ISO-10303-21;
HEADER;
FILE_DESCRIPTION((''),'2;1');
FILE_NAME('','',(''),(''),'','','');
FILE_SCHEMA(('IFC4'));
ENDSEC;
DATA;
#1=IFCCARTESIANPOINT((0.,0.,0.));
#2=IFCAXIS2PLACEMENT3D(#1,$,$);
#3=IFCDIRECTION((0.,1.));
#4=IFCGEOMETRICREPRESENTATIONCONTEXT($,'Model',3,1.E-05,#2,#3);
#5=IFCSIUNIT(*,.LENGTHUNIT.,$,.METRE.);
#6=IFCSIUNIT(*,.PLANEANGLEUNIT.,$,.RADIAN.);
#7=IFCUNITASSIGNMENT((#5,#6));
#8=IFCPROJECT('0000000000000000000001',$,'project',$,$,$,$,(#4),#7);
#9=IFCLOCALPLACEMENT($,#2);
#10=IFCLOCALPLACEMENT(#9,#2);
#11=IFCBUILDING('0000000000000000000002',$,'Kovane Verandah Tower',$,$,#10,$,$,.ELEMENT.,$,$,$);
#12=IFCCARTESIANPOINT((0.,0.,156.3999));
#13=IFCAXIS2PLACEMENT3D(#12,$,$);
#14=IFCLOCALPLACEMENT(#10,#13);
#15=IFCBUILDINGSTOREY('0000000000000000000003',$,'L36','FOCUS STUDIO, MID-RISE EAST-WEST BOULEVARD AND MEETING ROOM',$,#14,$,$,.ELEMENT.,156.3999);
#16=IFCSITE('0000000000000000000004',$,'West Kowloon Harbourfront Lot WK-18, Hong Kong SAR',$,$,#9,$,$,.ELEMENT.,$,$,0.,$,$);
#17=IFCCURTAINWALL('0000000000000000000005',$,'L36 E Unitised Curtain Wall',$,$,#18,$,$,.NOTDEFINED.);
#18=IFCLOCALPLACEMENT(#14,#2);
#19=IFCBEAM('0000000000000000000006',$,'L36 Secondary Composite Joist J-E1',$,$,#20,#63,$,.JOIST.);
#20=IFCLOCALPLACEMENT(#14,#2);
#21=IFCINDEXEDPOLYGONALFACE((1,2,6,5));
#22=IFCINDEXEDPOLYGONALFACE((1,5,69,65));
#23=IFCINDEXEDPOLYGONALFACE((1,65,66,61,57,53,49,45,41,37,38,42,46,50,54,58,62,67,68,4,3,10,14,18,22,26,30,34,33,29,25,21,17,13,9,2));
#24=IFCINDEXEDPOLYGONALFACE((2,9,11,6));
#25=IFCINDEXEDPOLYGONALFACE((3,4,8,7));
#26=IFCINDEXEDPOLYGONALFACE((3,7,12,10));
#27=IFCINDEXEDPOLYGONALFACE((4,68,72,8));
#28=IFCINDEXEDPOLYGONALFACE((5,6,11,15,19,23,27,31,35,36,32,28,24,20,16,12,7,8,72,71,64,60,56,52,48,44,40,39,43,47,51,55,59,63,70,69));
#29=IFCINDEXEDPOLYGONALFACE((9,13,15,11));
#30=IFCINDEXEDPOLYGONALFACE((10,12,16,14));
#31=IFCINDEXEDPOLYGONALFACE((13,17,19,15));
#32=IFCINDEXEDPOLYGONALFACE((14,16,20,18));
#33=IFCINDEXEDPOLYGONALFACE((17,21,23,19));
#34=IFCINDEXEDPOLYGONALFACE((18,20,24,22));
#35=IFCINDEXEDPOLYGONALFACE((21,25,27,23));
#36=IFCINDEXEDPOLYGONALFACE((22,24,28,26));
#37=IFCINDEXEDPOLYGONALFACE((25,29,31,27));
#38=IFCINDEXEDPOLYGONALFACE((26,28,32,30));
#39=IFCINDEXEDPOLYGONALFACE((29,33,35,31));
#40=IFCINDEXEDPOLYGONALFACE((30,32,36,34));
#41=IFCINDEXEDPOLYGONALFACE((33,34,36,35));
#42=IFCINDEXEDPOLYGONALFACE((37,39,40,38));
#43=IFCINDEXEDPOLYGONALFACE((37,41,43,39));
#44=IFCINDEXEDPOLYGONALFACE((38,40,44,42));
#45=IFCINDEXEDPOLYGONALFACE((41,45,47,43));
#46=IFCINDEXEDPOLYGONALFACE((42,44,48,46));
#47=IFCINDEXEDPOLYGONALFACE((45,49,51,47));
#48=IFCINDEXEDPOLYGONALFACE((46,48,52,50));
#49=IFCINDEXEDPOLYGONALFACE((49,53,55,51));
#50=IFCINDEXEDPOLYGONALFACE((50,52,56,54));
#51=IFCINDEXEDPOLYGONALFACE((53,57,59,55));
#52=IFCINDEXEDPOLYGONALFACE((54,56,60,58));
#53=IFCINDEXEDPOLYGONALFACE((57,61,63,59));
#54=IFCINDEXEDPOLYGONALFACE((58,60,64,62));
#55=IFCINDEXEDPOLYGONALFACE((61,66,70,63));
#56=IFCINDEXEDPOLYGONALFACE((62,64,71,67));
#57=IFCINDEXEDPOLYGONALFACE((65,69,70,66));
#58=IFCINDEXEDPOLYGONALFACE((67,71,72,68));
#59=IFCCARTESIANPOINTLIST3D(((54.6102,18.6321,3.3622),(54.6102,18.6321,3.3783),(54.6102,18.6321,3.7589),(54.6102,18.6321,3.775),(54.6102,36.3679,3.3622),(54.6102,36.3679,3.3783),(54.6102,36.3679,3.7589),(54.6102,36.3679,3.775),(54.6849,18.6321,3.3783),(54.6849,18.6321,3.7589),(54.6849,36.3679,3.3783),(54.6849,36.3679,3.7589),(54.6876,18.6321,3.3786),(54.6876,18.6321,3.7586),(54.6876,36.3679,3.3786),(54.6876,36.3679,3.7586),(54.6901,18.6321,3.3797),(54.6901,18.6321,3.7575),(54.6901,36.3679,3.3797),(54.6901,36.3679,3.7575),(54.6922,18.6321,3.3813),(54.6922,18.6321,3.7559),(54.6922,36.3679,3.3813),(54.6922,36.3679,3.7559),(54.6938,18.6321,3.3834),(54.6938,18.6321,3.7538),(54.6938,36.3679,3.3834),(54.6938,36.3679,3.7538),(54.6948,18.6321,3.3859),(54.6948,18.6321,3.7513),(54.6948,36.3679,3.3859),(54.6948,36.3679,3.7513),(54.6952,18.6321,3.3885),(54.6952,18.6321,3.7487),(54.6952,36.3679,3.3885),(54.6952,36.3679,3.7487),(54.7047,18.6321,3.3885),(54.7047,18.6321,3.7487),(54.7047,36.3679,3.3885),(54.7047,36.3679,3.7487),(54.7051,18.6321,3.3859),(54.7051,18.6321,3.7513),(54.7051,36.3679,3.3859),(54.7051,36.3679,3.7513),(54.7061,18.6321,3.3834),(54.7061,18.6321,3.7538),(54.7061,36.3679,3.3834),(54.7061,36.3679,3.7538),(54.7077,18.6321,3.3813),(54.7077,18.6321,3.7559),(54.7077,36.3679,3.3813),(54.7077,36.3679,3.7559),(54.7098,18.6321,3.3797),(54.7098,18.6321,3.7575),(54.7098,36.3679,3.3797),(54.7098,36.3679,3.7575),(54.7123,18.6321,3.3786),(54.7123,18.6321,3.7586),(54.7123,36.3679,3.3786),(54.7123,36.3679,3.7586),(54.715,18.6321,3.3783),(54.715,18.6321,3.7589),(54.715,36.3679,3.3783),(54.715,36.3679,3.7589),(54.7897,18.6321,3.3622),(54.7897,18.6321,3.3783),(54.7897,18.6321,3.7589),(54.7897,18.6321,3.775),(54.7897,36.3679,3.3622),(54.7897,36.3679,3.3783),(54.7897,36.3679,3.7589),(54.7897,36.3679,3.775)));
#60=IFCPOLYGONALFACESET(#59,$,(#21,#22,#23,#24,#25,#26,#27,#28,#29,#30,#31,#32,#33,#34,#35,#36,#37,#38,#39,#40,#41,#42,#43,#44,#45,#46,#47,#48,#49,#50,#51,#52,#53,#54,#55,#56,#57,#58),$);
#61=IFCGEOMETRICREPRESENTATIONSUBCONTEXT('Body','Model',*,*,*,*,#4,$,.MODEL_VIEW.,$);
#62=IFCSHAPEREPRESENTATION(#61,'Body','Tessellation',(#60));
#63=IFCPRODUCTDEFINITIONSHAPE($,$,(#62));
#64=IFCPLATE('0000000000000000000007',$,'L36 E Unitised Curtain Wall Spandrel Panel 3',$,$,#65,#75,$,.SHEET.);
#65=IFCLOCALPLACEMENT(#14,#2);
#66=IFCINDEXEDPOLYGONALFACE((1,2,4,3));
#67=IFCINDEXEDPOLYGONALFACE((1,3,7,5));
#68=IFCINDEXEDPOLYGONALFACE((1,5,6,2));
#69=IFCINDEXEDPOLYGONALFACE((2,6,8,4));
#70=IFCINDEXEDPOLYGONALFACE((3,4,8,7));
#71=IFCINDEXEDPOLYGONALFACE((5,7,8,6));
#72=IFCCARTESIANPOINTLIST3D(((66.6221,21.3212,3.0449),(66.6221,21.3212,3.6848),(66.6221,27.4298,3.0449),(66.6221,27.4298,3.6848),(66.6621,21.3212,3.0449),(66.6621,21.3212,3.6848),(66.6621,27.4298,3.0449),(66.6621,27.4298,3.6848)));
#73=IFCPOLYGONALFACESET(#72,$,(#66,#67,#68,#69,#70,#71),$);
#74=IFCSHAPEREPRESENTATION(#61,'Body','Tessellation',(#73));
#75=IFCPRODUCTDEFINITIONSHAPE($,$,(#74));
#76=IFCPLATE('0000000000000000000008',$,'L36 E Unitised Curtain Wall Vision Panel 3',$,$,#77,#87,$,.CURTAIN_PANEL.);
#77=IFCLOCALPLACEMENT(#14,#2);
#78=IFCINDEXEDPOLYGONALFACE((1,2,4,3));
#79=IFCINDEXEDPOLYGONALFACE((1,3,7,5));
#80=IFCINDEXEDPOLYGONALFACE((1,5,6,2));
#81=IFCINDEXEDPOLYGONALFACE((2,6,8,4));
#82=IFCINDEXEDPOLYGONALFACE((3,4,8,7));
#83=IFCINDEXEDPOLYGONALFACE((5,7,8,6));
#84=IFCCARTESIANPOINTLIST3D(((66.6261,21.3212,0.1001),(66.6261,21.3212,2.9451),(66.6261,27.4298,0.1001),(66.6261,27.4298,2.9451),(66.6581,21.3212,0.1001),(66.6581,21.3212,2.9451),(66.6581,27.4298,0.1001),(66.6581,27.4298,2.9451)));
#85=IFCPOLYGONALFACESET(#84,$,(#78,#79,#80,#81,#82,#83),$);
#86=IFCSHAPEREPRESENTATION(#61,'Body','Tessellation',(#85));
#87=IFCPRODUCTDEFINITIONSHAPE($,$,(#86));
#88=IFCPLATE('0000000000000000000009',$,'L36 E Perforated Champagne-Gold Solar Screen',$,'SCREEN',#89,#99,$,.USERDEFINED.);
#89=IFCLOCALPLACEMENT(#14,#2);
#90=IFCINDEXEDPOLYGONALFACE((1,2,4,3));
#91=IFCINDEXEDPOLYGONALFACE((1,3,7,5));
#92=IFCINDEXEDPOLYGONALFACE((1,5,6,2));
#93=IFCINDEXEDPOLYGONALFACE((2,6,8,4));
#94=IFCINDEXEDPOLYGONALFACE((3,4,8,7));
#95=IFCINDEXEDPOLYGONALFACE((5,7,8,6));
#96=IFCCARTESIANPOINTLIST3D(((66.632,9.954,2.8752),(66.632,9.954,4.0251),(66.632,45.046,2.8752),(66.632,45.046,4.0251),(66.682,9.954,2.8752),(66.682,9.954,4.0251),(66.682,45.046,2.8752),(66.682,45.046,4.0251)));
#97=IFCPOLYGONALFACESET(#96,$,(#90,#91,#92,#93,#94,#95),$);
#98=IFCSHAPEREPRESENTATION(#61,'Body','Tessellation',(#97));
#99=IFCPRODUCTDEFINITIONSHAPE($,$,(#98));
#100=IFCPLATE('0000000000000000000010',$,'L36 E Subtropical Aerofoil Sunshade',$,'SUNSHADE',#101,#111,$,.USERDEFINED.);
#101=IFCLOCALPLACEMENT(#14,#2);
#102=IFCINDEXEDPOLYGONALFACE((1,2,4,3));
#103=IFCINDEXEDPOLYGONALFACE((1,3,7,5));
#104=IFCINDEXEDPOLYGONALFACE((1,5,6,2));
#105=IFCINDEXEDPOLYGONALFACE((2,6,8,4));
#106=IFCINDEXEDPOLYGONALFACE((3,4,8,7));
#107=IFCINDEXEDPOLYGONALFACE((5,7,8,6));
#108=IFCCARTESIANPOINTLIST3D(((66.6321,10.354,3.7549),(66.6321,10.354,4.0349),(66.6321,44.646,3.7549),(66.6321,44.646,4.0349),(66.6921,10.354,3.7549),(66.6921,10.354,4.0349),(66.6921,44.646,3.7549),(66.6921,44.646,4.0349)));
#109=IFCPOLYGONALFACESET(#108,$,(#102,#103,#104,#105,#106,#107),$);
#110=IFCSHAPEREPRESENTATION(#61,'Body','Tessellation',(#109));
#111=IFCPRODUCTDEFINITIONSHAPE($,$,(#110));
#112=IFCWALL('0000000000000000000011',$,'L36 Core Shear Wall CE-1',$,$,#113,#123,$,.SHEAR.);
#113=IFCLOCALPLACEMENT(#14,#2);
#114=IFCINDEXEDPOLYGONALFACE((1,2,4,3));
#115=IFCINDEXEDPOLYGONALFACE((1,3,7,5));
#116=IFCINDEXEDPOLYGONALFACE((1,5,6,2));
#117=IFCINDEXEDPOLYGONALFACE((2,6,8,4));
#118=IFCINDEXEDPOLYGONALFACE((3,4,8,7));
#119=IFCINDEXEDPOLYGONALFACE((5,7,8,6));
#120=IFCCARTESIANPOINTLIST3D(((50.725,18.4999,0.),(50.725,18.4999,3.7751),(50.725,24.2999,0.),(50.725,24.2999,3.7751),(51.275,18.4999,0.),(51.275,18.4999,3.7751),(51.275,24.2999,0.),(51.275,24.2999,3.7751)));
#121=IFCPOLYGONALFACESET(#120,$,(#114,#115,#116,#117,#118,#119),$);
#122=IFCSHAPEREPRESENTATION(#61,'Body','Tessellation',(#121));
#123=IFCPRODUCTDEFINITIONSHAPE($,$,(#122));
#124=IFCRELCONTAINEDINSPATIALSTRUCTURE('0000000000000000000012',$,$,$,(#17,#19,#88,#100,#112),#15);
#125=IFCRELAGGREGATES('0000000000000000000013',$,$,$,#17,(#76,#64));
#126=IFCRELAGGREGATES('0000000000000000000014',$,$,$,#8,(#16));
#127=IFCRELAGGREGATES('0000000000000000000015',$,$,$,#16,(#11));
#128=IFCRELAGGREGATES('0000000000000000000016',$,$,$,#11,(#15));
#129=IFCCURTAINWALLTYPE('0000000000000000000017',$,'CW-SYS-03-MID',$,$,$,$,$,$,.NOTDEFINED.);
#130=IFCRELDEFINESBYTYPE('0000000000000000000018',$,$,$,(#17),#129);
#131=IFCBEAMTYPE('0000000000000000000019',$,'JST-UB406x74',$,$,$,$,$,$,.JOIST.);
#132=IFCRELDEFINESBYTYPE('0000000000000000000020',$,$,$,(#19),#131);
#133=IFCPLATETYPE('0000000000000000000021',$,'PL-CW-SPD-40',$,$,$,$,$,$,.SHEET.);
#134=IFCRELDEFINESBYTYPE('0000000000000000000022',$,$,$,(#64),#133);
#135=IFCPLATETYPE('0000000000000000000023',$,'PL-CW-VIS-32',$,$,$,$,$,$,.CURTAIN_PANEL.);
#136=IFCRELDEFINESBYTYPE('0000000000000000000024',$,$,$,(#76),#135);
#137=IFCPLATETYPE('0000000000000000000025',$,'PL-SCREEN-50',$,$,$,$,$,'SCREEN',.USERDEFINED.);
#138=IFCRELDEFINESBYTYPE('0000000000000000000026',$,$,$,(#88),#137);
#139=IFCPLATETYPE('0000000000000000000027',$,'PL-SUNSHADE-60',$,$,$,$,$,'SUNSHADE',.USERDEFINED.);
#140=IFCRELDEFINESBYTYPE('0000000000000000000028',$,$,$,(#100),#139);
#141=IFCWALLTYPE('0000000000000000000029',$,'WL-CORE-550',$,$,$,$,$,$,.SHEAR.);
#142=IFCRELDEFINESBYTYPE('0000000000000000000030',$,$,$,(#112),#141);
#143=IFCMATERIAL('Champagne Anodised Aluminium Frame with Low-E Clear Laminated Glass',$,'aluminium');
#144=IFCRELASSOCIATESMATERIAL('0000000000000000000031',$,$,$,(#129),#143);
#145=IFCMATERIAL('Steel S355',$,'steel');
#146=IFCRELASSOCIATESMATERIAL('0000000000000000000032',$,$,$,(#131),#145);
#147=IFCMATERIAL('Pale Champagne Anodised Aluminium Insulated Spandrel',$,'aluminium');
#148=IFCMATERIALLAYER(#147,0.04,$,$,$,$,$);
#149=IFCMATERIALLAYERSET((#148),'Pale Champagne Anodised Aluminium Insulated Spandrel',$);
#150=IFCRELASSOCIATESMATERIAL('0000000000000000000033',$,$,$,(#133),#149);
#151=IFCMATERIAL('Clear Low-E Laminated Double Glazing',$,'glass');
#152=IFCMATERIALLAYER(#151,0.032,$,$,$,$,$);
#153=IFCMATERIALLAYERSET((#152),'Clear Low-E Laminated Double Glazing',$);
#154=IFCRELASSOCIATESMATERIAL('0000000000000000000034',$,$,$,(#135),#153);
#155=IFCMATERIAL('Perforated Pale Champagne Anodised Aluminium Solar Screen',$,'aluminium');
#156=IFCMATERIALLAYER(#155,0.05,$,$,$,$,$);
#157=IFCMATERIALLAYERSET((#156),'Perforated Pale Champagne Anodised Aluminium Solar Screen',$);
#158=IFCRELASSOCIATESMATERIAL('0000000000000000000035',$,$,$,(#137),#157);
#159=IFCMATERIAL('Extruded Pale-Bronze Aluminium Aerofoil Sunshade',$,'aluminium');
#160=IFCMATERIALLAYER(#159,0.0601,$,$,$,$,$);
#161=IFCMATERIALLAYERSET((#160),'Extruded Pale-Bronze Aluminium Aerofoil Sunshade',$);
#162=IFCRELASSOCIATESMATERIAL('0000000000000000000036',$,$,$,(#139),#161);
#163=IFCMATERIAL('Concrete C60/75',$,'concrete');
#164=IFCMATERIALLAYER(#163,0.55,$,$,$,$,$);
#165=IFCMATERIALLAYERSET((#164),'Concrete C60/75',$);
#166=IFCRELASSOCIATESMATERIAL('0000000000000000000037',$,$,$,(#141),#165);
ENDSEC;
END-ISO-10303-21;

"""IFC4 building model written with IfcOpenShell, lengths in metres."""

from ifc_helpers import new_model, si_unit, direction, frame, frame_2d, origin, origin_2d, place, context, subcontext, project, spatial, rectangle, i_section, extrude, material, layer, layer_set, material_profile, profile_set, type_object, element, aggregate, save


model = new_model("IFC4")

# Units and contexts
model_context = context("Model", 3, precision=1e-05, world=origin(), true_north=direction((0.0, 1.0)))
body_context = subcontext(model_context, "Body", "Model", "MODEL_VIEW")
ifc_project = project(units=[si_unit("LENGTHUNIT", "METRE"), si_unit("PLANEANGLEUNIT", "RADIAN")], contexts=[model_context])

# Site, building, storey
site_placement = place(None, origin())
site = spatial("IfcSite", under=ifc_project, at=site_placement, Name="West Kowloon Harbourfront Lot WK-18, Hong Kong SAR", CompositionType="ELEMENT", RefElevation=0.0)
building_placement = place(site_placement, origin())
building = spatial("IfcBuilding", under=site, at=building_placement, Name="Kovane Verandah Tower", CompositionType="ELEMENT")
storey_placement = place(building_placement, frame((0.0, 0.0, 156.3999)))
storey = spatial("IfcBuildingStorey", under=building, at=storey_placement, Name="L36", Description="FOCUS STUDIO, MID-RISE EAST-WEST BOULEVARD AND MEETING ROOM", CompositionType="ELEMENT", Elevation=156.3999)

# Shared definitions
ifc_material_1 = material(Name="Concrete C60/75", Category="concrete")
ifc_material_2 = material(Name="Steel S355", Category="steel")

# Curtain wall
ifc_material_3 = material(Name="Champagne Anodised Aluminium Frame with Low-E Clear Laminated Glass", Category="aluminium")
curtain_wall_type = type_object("IfcCurtainWallType", Name="CW-SYS-03-MID", PredefinedType="NOTDEFINED", material=ifc_material_3)
curtain_wall_placement = place(storey_placement, origin())
curtain_wall = element("IfcCurtainWall", 1, at=curtain_wall_placement, inside=storey, type_object=curtain_wall_type, Name="L36 E Unitised Curtain Wall", PredefinedType="NOTDEFINED")

# Beam
ifc_material_profile_1 = material_profile(ifc_material_2, i_section(OverallWidth=0.1794, OverallDepth=0.4128, WebThickness=0.0095, FlangeThickness=0.0161, FilletRadius=0.0103, at=origin_2d()), Name="UB406x178x74")
ifc_profile_set_1 = profile_set([ifc_material_profile_1], Name="Steel S355")
beam_type_1 = type_object("IfcBeamType", Name="JST-UB406x74", PredefinedType="JOIST", material=ifc_profile_set_1)
beam_1_placement = place(storey_placement, frame((54.7, 18.6321, 3.5686), z_axis=(0.0, 1.0, 0.0), x_axis=(-1.0, 0.0, 0.0)))
element("IfcBeam", 2, at=beam_1_placement, inside=storey, type_object=beam_type_1, Name="L36 Secondary Composite Joist J-E1", PredefinedType="JOIST", context=body_context, shape_type="SweptSolid", body=[
    extrude(i_section(OverallWidth=0.1794, OverallDepth=0.4128, WebThickness=0.0095, FlangeThickness=0.0161, FilletRadius=0.0103, at=origin_2d()), origin(), (0.0, 0.0, 1.0), 17.7358),
])

# Plates
ifc_material_4 = material(Name="Pale Champagne Anodised Aluminium Insulated Spandrel", Category="aluminium")
ifc_layer_1 = layer(ifc_material_4, 0.04)
ifc_layer_set_1 = layer_set([ifc_layer_1], Name="Pale Champagne Anodised Aluminium Insulated Spandrel")
plate_type_1 = type_object("IfcPlateType", Name="PL-CW-SPD-40", PredefinedType="SHEET", material=ifc_layer_set_1)
plate_1_placement = place(storey_placement, frame((66.6421, 24.3755, 3.0449), z_axis=(0.0, 0.0, 1.0), x_axis=(0.0, 1.0, 0.0)))
plate_1 = element("IfcPlate", 3, at=plate_1_placement, type_object=plate_type_1, Name="L36 E Unitised Curtain Wall Spandrel Panel 3", PredefinedType="SHEET", context=body_context, shape_type="SweptSolid", body=[
    extrude(rectangle(XDim=6.1086, YDim=0.04, at=origin_2d()), origin(), (0.0, 0.0, 1.0), 0.6399),
])
ifc_material_5 = material(Name="Clear Low-E Laminated Double Glazing", Category="glass")
ifc_layer_2 = layer(ifc_material_5, 0.032)
ifc_layer_set_2 = layer_set([ifc_layer_2], Name="Clear Low-E Laminated Double Glazing")
plate_type_2 = type_object("IfcPlateType", Name="PL-CW-VIS-32", PredefinedType="CURTAIN_PANEL", material=ifc_layer_set_2)
plate_2_placement = place(storey_placement, frame((66.6421, 24.3755, 0.1001), z_axis=(0.0, 0.0, 1.0), x_axis=(0.0, 1.0, 0.0)))
plate_2 = element("IfcPlate", 4, at=plate_2_placement, type_object=plate_type_2, Name="L36 E Unitised Curtain Wall Vision Panel 3", PredefinedType="CURTAIN_PANEL", context=body_context, shape_type="SweptSolid", body=[
    extrude(rectangle(XDim=6.1086, YDim=0.032, at=origin_2d()), origin(), (0.0, 0.0, 1.0), 2.845),
])
aggregate(curtain_wall, [plate_2, plate_1])

# Plates
ifc_material_6 = material(Name="Perforated Pale Champagne Anodised Aluminium Solar Screen", Category="aluminium")
ifc_layer_3 = layer(ifc_material_6, 0.05)
ifc_layer_set_3 = layer_set([ifc_layer_3], Name="Perforated Pale Champagne Anodised Aluminium Solar Screen")
plate_type_3 = type_object("IfcPlateType", Name="PL-SCREEN-50", ElementType="SCREEN", PredefinedType="USERDEFINED", material=ifc_layer_set_3)
plate_3_placement = place(storey_placement, frame((66.657, 27.5, 2.8752), z_axis=(0.0, 0.0, 1.0), x_axis=(0.0, 1.0, 0.0)))
element("IfcPlate", 5, at=plate_3_placement, inside=storey, type_object=plate_type_3, Name="L36 E Perforated Champagne-Gold Solar Screen", ObjectType="SCREEN", PredefinedType="USERDEFINED", context=body_context, shape_type="SweptSolid", body=[
    extrude(rectangle(XDim=35.092, YDim=0.05, at=origin_2d()), origin(), (0.0, 0.0, 1.0), 1.1499),
])
ifc_material_7 = material(Name="Extruded Pale-Bronze Aluminium Aerofoil Sunshade", Category="aluminium")
ifc_layer_4 = layer(ifc_material_7, 0.0601)
ifc_layer_set_4 = layer_set([ifc_layer_4], Name="Extruded Pale-Bronze Aluminium Aerofoil Sunshade")
plate_type_4 = type_object("IfcPlateType", Name="PL-SUNSHADE-60", ElementType="SUNSHADE", PredefinedType="USERDEFINED", material=ifc_layer_set_4)
plate_4_placement = place(storey_placement, frame((66.6621, 27.5, 3.7549), z_axis=(0.0, 0.0, 1.0), x_axis=(0.0, 1.0, 0.0)))
element("IfcPlate", 6, at=plate_4_placement, inside=storey, type_object=plate_type_4, Name="L36 E Subtropical Aerofoil Sunshade", ObjectType="SUNSHADE", PredefinedType="USERDEFINED", context=body_context, shape_type="SweptSolid", body=[
    extrude(rectangle(XDim=34.292, YDim=0.0601, at=origin_2d()), origin(), (0.0, 0.0, 1.0), 0.28),
])

# Wall
ifc_layer_5 = layer(ifc_material_1, 0.55)
ifc_layer_set_5 = layer_set([ifc_layer_5], Name="Concrete C60/75")
wall_type_1 = type_object("IfcWallType", Name="WL-CORE-550", PredefinedType="SHEAR", material=ifc_layer_set_5)
wall_1_placement = place(storey_placement, frame((51.0, 18.5, 0.0), z_axis=(0.0, 0.0, 1.0), x_axis=(0.0, 1.0, 0.0)))
element("IfcWall", 7, at=wall_1_placement, inside=storey, type_object=wall_type_1, Name="L36 Core Shear Wall CE-1", PredefinedType="SHEAR", context=body_context, shape_type="SweptSolid", body=[
    extrude(rectangle(XDim=5.8, YDim=0.55, at=frame_2d((2.8999, 0.0))), origin(), (0.0, 0.0, 1.0), 3.7751),
])

save(model, "model.ifc")
